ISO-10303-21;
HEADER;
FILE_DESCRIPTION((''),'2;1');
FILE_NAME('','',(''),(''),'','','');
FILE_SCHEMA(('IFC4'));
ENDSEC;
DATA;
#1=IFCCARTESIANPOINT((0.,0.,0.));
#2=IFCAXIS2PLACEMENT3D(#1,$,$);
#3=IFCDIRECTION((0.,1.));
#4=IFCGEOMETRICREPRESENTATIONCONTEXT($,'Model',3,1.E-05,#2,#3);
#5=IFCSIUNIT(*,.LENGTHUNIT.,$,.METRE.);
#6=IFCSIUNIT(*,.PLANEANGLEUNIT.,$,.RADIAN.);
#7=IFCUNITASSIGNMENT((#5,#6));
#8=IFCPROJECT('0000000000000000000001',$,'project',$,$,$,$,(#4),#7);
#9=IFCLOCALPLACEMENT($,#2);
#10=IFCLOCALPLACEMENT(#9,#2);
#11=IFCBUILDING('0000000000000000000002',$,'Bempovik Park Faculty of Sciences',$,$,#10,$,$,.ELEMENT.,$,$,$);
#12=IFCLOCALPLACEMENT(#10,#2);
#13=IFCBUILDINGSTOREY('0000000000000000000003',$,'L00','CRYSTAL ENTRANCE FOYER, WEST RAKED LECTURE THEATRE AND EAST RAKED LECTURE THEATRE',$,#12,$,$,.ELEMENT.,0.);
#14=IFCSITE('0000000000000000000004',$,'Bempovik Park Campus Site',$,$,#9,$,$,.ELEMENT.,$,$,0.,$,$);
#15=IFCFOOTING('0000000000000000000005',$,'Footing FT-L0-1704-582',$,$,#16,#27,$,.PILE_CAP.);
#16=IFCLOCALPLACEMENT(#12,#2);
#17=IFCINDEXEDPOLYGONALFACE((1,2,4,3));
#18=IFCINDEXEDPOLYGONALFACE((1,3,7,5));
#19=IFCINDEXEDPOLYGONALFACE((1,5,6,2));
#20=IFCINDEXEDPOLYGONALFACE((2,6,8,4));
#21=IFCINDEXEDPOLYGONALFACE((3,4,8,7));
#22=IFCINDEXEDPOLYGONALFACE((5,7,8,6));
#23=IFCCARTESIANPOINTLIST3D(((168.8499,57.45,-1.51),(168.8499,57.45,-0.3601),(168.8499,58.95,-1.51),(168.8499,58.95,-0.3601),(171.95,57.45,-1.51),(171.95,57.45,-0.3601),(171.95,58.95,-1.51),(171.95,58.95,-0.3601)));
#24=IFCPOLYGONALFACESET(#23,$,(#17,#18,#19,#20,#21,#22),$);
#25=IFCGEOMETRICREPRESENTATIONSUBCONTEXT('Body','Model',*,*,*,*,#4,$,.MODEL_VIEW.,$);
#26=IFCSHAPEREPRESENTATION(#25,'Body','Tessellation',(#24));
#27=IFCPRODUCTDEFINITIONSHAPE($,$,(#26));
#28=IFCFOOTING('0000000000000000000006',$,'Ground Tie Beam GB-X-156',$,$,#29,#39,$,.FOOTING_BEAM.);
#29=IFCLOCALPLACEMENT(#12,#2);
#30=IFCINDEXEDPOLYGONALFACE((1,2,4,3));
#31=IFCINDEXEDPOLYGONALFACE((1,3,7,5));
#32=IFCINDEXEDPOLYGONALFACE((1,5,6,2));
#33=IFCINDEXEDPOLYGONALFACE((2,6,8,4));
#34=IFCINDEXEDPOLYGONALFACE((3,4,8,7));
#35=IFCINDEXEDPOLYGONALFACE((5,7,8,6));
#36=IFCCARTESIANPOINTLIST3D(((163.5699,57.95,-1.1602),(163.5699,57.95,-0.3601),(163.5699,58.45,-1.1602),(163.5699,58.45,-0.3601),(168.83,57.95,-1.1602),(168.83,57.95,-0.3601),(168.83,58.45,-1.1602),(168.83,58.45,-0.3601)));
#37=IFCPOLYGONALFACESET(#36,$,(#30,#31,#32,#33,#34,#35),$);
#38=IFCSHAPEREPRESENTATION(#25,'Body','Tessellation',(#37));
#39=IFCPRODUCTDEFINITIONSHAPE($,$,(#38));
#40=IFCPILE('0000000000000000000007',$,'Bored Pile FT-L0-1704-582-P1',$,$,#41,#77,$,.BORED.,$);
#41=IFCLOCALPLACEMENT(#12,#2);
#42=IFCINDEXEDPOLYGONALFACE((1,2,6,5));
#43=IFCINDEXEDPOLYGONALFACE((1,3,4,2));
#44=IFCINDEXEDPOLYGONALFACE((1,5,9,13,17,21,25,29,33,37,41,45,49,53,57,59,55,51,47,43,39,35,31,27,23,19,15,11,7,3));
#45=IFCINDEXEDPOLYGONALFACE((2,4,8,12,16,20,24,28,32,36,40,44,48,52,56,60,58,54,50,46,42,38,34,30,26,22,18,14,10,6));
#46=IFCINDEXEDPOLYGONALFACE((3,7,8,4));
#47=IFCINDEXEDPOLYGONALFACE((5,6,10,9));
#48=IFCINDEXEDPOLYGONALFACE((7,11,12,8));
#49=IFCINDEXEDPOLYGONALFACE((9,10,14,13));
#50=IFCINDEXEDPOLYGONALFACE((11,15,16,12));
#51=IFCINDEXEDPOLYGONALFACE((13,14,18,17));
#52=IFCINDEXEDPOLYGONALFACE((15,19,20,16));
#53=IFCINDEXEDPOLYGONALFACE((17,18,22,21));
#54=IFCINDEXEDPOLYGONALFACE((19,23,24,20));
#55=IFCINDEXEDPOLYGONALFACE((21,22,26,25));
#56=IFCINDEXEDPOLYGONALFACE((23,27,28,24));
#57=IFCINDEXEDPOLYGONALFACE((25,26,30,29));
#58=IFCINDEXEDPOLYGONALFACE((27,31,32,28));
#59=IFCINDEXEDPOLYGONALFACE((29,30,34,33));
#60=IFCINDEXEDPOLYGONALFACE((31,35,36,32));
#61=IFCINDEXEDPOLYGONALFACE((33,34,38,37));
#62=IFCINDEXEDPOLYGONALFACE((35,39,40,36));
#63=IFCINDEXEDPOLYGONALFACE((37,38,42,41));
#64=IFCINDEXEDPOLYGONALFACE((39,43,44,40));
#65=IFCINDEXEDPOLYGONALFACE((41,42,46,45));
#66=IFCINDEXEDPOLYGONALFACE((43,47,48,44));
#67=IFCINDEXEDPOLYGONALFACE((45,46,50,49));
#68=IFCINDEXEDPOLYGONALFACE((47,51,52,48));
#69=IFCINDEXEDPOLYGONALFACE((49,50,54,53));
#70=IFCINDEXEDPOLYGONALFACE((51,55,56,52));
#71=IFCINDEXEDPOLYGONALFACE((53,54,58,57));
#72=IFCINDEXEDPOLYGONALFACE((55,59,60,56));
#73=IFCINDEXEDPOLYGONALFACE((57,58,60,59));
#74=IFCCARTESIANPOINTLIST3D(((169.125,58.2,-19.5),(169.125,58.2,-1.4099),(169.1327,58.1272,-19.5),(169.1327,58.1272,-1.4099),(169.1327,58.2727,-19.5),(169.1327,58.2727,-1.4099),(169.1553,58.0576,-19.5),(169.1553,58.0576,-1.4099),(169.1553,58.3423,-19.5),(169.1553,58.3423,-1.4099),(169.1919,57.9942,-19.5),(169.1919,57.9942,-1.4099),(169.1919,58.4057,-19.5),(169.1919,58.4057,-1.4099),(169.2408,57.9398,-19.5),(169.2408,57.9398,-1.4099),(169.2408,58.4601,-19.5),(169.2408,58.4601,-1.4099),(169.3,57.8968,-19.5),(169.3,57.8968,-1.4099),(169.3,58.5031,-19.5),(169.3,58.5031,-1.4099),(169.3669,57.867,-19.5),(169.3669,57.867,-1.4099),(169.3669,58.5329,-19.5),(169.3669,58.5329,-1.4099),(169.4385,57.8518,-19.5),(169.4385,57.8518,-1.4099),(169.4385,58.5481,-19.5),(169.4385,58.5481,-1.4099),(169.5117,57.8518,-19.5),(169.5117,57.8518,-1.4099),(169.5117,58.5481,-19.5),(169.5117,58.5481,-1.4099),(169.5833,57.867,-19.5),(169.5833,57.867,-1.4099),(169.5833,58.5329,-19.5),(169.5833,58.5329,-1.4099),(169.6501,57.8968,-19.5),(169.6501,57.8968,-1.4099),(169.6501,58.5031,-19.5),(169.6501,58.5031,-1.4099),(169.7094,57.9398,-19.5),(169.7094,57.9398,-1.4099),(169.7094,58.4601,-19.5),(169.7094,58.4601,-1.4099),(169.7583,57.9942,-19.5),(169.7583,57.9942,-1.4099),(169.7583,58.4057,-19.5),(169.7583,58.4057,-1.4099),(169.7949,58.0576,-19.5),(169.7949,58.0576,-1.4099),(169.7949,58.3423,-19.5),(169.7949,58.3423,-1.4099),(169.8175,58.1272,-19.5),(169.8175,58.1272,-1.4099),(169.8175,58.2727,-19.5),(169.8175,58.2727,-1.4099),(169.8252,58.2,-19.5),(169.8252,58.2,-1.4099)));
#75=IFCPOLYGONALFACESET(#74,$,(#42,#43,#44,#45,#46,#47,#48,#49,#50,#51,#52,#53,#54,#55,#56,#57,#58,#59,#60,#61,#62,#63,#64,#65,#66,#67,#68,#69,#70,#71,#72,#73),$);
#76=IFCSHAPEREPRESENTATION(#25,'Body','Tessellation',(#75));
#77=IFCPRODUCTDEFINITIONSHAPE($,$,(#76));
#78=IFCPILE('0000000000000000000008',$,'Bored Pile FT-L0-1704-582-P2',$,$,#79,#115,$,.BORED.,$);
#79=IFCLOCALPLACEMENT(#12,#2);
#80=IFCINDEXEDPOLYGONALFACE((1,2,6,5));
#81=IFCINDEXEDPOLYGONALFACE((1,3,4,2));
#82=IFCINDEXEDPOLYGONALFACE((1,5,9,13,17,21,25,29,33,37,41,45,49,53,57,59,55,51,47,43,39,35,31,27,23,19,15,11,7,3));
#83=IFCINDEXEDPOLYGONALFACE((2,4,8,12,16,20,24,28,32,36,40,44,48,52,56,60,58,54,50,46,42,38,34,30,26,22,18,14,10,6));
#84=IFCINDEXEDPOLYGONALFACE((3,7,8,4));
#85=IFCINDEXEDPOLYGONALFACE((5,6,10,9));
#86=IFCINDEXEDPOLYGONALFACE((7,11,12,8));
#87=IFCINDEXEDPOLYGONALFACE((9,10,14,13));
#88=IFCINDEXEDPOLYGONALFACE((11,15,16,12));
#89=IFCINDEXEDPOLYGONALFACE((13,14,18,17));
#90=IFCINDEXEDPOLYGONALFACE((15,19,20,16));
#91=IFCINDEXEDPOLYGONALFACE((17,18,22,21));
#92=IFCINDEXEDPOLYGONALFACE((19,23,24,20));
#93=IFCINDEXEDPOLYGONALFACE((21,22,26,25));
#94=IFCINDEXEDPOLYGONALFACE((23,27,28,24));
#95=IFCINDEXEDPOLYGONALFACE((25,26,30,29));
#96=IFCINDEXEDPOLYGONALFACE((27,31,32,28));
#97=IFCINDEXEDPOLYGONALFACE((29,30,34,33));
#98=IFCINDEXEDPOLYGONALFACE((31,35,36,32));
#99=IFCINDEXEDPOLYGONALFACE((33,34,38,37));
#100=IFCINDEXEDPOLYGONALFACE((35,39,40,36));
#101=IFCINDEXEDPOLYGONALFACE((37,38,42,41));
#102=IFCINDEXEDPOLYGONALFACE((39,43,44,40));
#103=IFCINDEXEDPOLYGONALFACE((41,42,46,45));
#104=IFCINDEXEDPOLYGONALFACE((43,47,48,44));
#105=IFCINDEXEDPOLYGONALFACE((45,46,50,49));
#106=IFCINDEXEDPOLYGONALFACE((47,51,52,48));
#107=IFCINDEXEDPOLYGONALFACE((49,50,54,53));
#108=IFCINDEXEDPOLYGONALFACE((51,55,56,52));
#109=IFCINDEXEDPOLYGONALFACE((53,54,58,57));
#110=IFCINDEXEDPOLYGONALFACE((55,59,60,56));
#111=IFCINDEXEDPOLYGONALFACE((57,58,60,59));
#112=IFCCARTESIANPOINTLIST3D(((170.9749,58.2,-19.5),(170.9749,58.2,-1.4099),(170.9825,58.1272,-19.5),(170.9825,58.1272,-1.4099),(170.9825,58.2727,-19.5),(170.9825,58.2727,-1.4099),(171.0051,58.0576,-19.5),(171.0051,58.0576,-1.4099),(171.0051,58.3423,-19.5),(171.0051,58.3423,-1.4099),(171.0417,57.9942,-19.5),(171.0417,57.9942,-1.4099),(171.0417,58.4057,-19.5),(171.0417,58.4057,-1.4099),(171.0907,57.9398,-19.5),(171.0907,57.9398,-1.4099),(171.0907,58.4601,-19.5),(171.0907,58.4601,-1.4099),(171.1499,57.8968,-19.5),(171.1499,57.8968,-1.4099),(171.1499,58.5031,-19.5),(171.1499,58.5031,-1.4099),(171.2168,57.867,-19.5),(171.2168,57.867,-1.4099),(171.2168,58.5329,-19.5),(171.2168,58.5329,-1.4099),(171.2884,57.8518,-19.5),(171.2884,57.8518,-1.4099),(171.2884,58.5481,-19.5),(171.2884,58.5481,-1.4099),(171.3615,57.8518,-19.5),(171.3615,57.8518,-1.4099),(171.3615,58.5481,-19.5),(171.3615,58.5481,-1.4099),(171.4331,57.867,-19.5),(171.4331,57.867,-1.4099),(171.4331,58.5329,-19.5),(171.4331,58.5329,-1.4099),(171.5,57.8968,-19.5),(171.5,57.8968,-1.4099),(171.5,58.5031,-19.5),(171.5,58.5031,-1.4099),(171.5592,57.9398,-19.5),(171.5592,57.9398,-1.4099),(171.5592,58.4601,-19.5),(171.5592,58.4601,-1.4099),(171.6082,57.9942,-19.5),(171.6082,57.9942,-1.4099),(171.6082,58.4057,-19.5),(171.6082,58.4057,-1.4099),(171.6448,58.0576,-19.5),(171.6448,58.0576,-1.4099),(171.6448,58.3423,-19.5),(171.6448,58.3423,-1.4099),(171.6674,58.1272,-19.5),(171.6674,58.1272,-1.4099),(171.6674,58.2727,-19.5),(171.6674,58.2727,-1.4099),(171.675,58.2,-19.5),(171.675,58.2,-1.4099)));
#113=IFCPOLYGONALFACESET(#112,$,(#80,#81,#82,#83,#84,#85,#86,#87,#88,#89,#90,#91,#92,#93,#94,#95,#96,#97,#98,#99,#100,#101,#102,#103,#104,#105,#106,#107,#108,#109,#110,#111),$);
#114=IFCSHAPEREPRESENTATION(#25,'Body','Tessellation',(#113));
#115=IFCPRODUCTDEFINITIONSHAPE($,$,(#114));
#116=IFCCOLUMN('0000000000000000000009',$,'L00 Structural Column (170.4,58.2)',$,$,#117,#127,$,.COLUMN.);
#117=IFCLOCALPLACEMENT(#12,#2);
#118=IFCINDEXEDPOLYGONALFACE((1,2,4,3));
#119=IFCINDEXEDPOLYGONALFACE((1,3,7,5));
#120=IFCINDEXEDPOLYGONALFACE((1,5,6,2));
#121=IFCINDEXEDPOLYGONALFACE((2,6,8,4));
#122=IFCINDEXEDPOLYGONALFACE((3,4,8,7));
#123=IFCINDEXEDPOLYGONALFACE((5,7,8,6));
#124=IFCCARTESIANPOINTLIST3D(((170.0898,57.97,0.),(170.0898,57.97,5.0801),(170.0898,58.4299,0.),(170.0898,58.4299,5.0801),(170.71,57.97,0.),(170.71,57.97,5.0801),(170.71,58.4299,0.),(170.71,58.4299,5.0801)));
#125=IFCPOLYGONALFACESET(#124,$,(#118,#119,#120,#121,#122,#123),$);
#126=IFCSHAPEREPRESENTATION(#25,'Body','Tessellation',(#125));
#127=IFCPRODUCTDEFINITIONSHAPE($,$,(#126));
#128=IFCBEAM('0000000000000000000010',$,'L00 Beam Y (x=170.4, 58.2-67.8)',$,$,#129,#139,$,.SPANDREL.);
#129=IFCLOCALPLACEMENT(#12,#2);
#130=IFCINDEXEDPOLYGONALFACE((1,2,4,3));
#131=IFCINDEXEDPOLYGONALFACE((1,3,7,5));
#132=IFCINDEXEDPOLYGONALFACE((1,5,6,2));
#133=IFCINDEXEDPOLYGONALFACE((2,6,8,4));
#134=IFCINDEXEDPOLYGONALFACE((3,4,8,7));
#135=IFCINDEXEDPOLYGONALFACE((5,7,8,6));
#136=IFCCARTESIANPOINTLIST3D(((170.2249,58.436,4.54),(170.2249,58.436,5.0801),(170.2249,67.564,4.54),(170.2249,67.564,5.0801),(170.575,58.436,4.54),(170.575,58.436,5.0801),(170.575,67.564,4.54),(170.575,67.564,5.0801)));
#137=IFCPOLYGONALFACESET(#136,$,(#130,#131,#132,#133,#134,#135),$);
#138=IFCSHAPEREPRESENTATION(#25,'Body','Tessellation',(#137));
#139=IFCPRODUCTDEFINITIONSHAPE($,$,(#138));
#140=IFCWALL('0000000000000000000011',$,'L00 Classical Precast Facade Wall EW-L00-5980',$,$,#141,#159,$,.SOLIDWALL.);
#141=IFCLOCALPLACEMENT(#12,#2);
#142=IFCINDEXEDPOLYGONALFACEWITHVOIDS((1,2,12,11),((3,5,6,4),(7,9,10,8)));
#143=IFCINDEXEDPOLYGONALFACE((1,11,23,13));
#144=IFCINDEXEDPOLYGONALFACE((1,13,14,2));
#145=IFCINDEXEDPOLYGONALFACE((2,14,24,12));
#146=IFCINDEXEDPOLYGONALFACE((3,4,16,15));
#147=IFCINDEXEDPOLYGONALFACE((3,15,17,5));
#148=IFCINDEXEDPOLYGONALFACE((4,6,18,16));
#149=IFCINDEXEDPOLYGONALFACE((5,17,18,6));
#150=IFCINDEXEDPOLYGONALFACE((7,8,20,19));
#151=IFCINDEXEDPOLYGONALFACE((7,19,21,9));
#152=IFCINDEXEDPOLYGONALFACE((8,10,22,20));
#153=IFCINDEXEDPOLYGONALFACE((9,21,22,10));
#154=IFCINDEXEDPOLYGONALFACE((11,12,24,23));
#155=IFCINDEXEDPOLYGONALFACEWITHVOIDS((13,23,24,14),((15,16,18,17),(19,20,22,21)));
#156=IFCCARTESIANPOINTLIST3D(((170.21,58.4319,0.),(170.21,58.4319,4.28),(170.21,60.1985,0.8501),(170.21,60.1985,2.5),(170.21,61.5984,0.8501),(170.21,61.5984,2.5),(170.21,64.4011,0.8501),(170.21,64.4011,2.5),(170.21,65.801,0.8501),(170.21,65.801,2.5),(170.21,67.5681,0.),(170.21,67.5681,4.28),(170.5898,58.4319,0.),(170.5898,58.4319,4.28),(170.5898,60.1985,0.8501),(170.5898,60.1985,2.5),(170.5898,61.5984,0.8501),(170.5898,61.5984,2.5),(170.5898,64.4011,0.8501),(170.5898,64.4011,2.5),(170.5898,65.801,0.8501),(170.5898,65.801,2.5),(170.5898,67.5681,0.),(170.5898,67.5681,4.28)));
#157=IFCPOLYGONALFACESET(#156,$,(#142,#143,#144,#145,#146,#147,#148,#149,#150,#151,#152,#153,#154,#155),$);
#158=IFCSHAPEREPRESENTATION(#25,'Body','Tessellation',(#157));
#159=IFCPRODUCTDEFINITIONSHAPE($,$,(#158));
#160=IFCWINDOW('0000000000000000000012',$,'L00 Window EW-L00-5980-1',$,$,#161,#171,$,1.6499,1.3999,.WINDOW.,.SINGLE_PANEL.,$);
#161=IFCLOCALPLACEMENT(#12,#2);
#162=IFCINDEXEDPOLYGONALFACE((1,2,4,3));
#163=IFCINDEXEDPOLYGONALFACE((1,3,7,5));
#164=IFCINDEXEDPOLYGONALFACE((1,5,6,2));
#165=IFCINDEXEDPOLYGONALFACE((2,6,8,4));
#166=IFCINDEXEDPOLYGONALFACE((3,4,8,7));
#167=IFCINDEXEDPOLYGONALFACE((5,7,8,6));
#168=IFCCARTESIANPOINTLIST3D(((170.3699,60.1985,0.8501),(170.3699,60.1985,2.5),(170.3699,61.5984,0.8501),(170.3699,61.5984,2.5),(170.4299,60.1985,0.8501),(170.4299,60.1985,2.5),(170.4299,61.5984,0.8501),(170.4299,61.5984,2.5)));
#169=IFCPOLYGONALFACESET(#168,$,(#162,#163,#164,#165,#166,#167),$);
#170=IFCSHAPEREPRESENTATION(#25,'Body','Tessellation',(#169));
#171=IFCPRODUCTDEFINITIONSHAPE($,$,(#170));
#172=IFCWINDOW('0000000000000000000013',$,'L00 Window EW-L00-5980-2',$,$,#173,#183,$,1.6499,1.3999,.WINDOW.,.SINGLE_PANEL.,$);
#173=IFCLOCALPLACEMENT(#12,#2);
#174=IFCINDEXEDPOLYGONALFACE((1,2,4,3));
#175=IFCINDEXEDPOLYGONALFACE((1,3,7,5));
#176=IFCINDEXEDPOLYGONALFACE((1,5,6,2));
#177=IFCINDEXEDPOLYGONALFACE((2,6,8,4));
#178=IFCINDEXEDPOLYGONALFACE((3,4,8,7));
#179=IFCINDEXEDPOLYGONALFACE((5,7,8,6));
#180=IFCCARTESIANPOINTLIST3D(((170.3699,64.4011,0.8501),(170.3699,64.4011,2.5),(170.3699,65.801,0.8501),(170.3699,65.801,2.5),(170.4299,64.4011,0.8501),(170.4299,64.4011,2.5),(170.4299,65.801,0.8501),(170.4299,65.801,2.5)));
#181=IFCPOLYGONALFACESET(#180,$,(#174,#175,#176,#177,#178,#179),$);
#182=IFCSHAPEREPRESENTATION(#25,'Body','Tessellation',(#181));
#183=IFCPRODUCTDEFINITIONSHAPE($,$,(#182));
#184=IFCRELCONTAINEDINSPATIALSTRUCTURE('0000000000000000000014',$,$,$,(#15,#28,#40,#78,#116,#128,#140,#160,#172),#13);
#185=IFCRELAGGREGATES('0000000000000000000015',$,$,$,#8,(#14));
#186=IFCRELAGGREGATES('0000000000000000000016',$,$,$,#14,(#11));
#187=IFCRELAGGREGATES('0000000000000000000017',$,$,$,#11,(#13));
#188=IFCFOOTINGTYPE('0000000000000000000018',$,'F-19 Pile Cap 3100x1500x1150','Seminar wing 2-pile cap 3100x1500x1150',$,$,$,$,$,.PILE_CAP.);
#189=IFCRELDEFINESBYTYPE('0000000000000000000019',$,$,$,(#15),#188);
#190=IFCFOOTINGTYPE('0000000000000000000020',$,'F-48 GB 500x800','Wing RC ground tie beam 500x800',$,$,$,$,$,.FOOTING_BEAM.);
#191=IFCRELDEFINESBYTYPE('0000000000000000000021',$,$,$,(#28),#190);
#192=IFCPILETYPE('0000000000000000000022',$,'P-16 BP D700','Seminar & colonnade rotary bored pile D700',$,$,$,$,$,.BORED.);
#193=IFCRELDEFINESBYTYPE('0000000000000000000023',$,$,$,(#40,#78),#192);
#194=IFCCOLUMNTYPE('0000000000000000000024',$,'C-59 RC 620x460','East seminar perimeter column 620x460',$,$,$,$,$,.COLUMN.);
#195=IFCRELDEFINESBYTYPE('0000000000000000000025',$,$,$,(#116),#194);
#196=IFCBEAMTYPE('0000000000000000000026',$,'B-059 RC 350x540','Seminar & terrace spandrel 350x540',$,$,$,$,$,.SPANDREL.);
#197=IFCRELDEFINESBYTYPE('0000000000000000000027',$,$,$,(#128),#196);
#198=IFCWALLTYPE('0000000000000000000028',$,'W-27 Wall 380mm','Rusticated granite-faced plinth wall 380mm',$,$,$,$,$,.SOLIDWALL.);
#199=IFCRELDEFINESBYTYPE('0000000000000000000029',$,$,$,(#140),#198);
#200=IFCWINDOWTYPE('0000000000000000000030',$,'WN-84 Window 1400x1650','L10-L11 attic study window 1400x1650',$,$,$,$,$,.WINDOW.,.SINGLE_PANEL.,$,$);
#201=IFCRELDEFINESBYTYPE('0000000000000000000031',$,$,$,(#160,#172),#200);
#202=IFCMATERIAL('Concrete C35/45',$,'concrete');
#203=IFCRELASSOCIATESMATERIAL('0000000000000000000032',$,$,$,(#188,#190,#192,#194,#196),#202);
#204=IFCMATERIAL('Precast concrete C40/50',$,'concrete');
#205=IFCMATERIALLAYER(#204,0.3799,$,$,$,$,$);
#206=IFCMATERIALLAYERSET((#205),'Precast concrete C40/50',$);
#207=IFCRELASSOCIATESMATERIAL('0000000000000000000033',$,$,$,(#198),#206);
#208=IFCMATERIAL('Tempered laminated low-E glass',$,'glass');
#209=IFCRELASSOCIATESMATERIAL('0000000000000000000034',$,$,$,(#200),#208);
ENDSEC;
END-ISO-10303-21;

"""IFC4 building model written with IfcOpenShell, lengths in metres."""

from ifc_helpers import new_model, si_unit, direction, frame, frame_2d, origin, origin_2d, place, context, subcontext, project, spatial, rectangle, circle, extrude, material, layer, layer_set, material_profile, profile_set, type_object, element, fill, save


model = new_model("IFC4")

# Units and contexts
model_context = context("Model", 3, precision=1e-05, world=origin(), true_north=direction((0.0, 1.0)))
body_context = subcontext(model_context, "Body", "Model", "MODEL_VIEW")
ifc_project = project(units=[si_unit("LENGTHUNIT", "METRE"), si_unit("PLANEANGLEUNIT", "RADIAN")], contexts=[model_context])

# Site, building, storey
site_placement = place(None, origin())
site = spatial("IfcSite", under=ifc_project, at=site_placement, Name="Bempovik Park Campus Site", CompositionType="ELEMENT", RefElevation=0.0)
building_placement = place(site_placement, origin())
building = spatial("IfcBuilding", under=site, at=building_placement, Name="Bempovik Park Faculty of Sciences", CompositionType="ELEMENT")
storey_placement = place(building_placement, origin())
storey = spatial("IfcBuildingStorey", under=building, at=storey_placement, Name="L00", Description="CRYSTAL ENTRANCE FOYER, WEST RAKED LECTURE THEATRE AND EAST RAKED LECTURE THEATRE", CompositionType="ELEMENT", Elevation=0.0)

# Footings
ifc_material_1 = material(Name="Concrete C35/45", Category="concrete")
footing_type_1 = type_object("IfcFootingType", Name="F-19 Pile Cap 3100x1500x1150", Description="Seminar wing 2-pile cap 3100x1500x1150", PredefinedType="PILE_CAP", material=ifc_material_1)
footing_1_placement = place(storey_placement, frame((170.3999, 58.2, -1.51), z_axis=(0.0, 0.0, 1.0), x_axis=(1.0, 0.0, 0.0)))
element("IfcFooting", 1, at=footing_1_placement, inside=storey, type_object=footing_type_1, Name="Footing FT-L0-1704-582", PredefinedType="PILE_CAP", context=body_context, shape_type="SweptSolid", body=[
    extrude(rectangle(XDim=3.1001, YDim=1.5, at=origin_2d()), origin(), (0.0, 0.0, 1.0), 1.1499),
])
footing_type_2 = type_object("IfcFootingType", Name="F-48 GB 500x800", Description="Wing RC ground tie beam 500x800", PredefinedType="FOOTING_BEAM", material=ifc_material_1)
footing_2_placement = place(storey_placement, frame((166.2, 58.2, -1.1602), z_axis=(0.0, 0.0, 1.0), x_axis=(1.0, 0.0, 0.0)))
element("IfcFooting", 2, at=footing_2_placement, inside=storey, type_object=footing_type_2, Name="Ground Tie Beam GB-X-156", PredefinedType="FOOTING_BEAM", context=body_context, shape_type="SweptSolid", body=[
    extrude(rectangle(XDim=5.26, YDim=0.5, at=origin_2d()), origin(), (0.0, 0.0, 1.0), 0.8),
])

# Piles
ifc_material_profile_1 = material_profile(ifc_material_1, circle(Radius=0.3501, at=origin_2d()), Name="BP D700")
ifc_profile_set_1 = profile_set([ifc_material_profile_1], Name="Concrete C35/45")
pile_type = type_object("IfcPileType", Name="P-16 BP D700", Description="Seminar & colonnade rotary bored pile D700", PredefinedType="BORED", material=ifc_profile_set_1)
for number, where, z_axis, x_axis, name in (
    (3, (169.4751, 58.2, -1.4099), (0.0, 0.0, -1.0), (1.0, 0.0, 0.0), "Bored Pile FT-L0-1704-582-P1"),
    (4, (171.325, 58.2, -1.4099), (0.0, 0.0, -1.0), (1.0, 0.0, 0.0), "Bored Pile FT-L0-1704-582-P2"),
):
    element("IfcPile", number, at=place(storey_placement, frame(where, z_axis=z_axis, x_axis=x_axis)), inside=storey, type_object=pile_type, Name=name, PredefinedType="BORED", context=body_context, shape_type="SweptSolid", body=[
        extrude(circle(Radius=0.3501, at=origin_2d()), origin(), (0.0, 0.0, 1.0), 18.0901),
    ])

# Column
ifc_material_profile_2 = material_profile(ifc_material_1, rectangle(XDim=0.6201, YDim=0.46, at=origin_2d()), Name="RC 620x460")
ifc_profile_set_2 = profile_set([ifc_material_profile_2], Name="Concrete C35/45")
column_type = type_object("IfcColumnType", Name="C-59 RC 620x460", Description="East seminar perimeter column 620x460", PredefinedType="COLUMN", material=ifc_profile_set_2)
column_placement = place(storey_placement, frame((170.3999, 58.2, 0.0), z_axis=(0.0, 0.0, 1.0), x_axis=(1.0, 0.0, 0.0)))
element("IfcColumn", 5, at=column_placement, inside=storey, type_object=column_type, Name="L00 Structural Column (170.4,58.2)", PredefinedType="COLUMN", context=body_context, shape_type="SweptSolid", body=[
    extrude(rectangle(XDim=0.6201, YDim=0.46, at=origin_2d()), origin(), (0.0, 0.0, 1.0), 5.0801),
])

# Beam
ifc_material_profile_3 = material_profile(ifc_material_1, rectangle(XDim=0.3501, YDim=0.54, at=origin_2d()), Name="RC 350x540")
ifc_profile_set_3 = profile_set([ifc_material_profile_3], Name="Concrete C35/45")
beam_type = type_object("IfcBeamType", Name="B-059 RC 350x540", Description="Seminar & terrace spandrel 350x540", PredefinedType="SPANDREL", material=ifc_profile_set_3)
beam_placement = place(storey_placement, frame((170.3999, 58.436, 4.8101), z_axis=(0.0, 1.0, 0.0), x_axis=(-1.0, 0.0, 0.0)))
element("IfcBeam", 6, at=beam_placement, inside=storey, type_object=beam_type, Name="L00 Beam Y (x=170.4, 58.2-67.8)", PredefinedType="SPANDREL", context=body_context, shape_type="SweptSolid", body=[
    extrude(rectangle(XDim=0.3501, YDim=0.54, at=origin_2d()), origin(), (0.0, 0.0, 1.0), 9.1279),
])

# Wall, openings, windows
ifc_material_2 = material(Name="Precast concrete C40/50", Category="concrete")
ifc_layer_1 = layer(ifc_material_2, 0.3799)
ifc_layer_set_1 = layer_set([ifc_layer_1], Name="Precast concrete C40/50")
wall_type_1 = type_object("IfcWallType", Name="W-27 Wall 380mm", Description="Rusticated granite-faced plinth wall 380mm", PredefinedType="SOLIDWALL", material=ifc_layer_set_1)
wall_1_placement = place(storey_placement, frame((170.3999, 58.4319, 0.0), z_axis=(0.0, 0.0, 1.0), x_axis=(0.0, 1.0, 0.0)))
wall_1 = element("IfcWall", 7, at=wall_1_placement, inside=storey, type_object=wall_type_1, Name="L00 Classical Precast Facade Wall EW-L00-5980", PredefinedType="SOLIDWALL", context=body_context, shape_type="SweptSolid", body=[
    extrude(rectangle(XDim=9.1362, YDim=0.3799, at=frame_2d((4.5681, 0.0))), origin(), (0.0, 0.0, 1.0), 4.28),
])
opening_1_placement = place(wall_1_placement, frame((1.7666, 0.0, 0.8501)))
opening_1 = element("IfcOpeningElement", 8, at=opening_1_placement, cuts=wall_1, PredefinedType="OPENING", context=body_context, shape_type="SweptSolid", body=[
    extrude(rectangle(XDim=1.3999, YDim=1.6499, at=frame_2d((0.7, 0.825))), frame((0.0, 0.2, 0.0), z_axis=(0.0, -1.0, 0.0), x_axis=(1.0, 0.0, 0.0)), (0.0, 0.0, 1.0), 0.3999),
])
opening_2_placement = place(wall_1_placement, frame((5.9692, 0.0, 0.8501)))
opening_2 = element("IfcOpeningElement", 9, at=opening_2_placement, cuts=wall_1, PredefinedType="OPENING", context=body_context, shape_type="SweptSolid", body=[
    extrude(rectangle(XDim=1.3999, YDim=1.6499, at=frame_2d((0.7, 0.825))), frame((0.0, 0.2, 0.0), z_axis=(0.0, -1.0, 0.0), x_axis=(1.0, 0.0, 0.0)), (0.0, 0.0, 1.0), 0.3999),
])
ifc_material_3 = material(Name="Tempered laminated low-E glass", Category="glass")
window_type = type_object("IfcWindowType", Name="WN-84 Window 1400x1650", Description="L10-L11 attic study window 1400x1650", PartitioningType="SINGLE_PANEL", PredefinedType="WINDOW", material=ifc_material_3)
window_1_placement = place(opening_1_placement, origin())
window_1 = element("IfcWindow", 10, at=window_1_placement, inside=storey, type_object=window_type, Name="L00 Window EW-L00-5980-1", OverallHeight=1.6499, OverallWidth=1.3999, PartitioningType="SINGLE_PANEL", PredefinedType="WINDOW", context=body_context, shape_type="SweptSolid", body=[
    extrude(rectangle(XDim=1.3999, YDim=1.6499, at=frame_2d((0.7, 0.825))), frame((0.0, 0.03, 0.0), z_axis=(0.0, -1.0, 0.0), x_axis=(1.0, 0.0, 0.0)), (0.0, 0.0, 1.0), 0.0601),
])
fill(opening_1, window_1)
window_2_placement = place(opening_2_placement, origin())
window_2 = element("IfcWindow", 11, at=window_2_placement, inside=storey, type_object=window_type, Name="L00 Window EW-L00-5980-2", OverallHeight=1.6499, OverallWidth=1.3999, PartitioningType="SINGLE_PANEL", PredefinedType="WINDOW", context=body_context, shape_type="SweptSolid", body=[
    extrude(rectangle(XDim=1.3999, YDim=1.6499, at=frame_2d((0.7, 0.825))), frame((0.0, 0.03, 0.0), z_axis=(0.0, -1.0, 0.0), x_axis=(1.0, 0.0, 0.0)), (0.0, 0.0, 1.0), 0.0601),
])
fill(opening_2, window_2)

save(model, "model.ifc")
